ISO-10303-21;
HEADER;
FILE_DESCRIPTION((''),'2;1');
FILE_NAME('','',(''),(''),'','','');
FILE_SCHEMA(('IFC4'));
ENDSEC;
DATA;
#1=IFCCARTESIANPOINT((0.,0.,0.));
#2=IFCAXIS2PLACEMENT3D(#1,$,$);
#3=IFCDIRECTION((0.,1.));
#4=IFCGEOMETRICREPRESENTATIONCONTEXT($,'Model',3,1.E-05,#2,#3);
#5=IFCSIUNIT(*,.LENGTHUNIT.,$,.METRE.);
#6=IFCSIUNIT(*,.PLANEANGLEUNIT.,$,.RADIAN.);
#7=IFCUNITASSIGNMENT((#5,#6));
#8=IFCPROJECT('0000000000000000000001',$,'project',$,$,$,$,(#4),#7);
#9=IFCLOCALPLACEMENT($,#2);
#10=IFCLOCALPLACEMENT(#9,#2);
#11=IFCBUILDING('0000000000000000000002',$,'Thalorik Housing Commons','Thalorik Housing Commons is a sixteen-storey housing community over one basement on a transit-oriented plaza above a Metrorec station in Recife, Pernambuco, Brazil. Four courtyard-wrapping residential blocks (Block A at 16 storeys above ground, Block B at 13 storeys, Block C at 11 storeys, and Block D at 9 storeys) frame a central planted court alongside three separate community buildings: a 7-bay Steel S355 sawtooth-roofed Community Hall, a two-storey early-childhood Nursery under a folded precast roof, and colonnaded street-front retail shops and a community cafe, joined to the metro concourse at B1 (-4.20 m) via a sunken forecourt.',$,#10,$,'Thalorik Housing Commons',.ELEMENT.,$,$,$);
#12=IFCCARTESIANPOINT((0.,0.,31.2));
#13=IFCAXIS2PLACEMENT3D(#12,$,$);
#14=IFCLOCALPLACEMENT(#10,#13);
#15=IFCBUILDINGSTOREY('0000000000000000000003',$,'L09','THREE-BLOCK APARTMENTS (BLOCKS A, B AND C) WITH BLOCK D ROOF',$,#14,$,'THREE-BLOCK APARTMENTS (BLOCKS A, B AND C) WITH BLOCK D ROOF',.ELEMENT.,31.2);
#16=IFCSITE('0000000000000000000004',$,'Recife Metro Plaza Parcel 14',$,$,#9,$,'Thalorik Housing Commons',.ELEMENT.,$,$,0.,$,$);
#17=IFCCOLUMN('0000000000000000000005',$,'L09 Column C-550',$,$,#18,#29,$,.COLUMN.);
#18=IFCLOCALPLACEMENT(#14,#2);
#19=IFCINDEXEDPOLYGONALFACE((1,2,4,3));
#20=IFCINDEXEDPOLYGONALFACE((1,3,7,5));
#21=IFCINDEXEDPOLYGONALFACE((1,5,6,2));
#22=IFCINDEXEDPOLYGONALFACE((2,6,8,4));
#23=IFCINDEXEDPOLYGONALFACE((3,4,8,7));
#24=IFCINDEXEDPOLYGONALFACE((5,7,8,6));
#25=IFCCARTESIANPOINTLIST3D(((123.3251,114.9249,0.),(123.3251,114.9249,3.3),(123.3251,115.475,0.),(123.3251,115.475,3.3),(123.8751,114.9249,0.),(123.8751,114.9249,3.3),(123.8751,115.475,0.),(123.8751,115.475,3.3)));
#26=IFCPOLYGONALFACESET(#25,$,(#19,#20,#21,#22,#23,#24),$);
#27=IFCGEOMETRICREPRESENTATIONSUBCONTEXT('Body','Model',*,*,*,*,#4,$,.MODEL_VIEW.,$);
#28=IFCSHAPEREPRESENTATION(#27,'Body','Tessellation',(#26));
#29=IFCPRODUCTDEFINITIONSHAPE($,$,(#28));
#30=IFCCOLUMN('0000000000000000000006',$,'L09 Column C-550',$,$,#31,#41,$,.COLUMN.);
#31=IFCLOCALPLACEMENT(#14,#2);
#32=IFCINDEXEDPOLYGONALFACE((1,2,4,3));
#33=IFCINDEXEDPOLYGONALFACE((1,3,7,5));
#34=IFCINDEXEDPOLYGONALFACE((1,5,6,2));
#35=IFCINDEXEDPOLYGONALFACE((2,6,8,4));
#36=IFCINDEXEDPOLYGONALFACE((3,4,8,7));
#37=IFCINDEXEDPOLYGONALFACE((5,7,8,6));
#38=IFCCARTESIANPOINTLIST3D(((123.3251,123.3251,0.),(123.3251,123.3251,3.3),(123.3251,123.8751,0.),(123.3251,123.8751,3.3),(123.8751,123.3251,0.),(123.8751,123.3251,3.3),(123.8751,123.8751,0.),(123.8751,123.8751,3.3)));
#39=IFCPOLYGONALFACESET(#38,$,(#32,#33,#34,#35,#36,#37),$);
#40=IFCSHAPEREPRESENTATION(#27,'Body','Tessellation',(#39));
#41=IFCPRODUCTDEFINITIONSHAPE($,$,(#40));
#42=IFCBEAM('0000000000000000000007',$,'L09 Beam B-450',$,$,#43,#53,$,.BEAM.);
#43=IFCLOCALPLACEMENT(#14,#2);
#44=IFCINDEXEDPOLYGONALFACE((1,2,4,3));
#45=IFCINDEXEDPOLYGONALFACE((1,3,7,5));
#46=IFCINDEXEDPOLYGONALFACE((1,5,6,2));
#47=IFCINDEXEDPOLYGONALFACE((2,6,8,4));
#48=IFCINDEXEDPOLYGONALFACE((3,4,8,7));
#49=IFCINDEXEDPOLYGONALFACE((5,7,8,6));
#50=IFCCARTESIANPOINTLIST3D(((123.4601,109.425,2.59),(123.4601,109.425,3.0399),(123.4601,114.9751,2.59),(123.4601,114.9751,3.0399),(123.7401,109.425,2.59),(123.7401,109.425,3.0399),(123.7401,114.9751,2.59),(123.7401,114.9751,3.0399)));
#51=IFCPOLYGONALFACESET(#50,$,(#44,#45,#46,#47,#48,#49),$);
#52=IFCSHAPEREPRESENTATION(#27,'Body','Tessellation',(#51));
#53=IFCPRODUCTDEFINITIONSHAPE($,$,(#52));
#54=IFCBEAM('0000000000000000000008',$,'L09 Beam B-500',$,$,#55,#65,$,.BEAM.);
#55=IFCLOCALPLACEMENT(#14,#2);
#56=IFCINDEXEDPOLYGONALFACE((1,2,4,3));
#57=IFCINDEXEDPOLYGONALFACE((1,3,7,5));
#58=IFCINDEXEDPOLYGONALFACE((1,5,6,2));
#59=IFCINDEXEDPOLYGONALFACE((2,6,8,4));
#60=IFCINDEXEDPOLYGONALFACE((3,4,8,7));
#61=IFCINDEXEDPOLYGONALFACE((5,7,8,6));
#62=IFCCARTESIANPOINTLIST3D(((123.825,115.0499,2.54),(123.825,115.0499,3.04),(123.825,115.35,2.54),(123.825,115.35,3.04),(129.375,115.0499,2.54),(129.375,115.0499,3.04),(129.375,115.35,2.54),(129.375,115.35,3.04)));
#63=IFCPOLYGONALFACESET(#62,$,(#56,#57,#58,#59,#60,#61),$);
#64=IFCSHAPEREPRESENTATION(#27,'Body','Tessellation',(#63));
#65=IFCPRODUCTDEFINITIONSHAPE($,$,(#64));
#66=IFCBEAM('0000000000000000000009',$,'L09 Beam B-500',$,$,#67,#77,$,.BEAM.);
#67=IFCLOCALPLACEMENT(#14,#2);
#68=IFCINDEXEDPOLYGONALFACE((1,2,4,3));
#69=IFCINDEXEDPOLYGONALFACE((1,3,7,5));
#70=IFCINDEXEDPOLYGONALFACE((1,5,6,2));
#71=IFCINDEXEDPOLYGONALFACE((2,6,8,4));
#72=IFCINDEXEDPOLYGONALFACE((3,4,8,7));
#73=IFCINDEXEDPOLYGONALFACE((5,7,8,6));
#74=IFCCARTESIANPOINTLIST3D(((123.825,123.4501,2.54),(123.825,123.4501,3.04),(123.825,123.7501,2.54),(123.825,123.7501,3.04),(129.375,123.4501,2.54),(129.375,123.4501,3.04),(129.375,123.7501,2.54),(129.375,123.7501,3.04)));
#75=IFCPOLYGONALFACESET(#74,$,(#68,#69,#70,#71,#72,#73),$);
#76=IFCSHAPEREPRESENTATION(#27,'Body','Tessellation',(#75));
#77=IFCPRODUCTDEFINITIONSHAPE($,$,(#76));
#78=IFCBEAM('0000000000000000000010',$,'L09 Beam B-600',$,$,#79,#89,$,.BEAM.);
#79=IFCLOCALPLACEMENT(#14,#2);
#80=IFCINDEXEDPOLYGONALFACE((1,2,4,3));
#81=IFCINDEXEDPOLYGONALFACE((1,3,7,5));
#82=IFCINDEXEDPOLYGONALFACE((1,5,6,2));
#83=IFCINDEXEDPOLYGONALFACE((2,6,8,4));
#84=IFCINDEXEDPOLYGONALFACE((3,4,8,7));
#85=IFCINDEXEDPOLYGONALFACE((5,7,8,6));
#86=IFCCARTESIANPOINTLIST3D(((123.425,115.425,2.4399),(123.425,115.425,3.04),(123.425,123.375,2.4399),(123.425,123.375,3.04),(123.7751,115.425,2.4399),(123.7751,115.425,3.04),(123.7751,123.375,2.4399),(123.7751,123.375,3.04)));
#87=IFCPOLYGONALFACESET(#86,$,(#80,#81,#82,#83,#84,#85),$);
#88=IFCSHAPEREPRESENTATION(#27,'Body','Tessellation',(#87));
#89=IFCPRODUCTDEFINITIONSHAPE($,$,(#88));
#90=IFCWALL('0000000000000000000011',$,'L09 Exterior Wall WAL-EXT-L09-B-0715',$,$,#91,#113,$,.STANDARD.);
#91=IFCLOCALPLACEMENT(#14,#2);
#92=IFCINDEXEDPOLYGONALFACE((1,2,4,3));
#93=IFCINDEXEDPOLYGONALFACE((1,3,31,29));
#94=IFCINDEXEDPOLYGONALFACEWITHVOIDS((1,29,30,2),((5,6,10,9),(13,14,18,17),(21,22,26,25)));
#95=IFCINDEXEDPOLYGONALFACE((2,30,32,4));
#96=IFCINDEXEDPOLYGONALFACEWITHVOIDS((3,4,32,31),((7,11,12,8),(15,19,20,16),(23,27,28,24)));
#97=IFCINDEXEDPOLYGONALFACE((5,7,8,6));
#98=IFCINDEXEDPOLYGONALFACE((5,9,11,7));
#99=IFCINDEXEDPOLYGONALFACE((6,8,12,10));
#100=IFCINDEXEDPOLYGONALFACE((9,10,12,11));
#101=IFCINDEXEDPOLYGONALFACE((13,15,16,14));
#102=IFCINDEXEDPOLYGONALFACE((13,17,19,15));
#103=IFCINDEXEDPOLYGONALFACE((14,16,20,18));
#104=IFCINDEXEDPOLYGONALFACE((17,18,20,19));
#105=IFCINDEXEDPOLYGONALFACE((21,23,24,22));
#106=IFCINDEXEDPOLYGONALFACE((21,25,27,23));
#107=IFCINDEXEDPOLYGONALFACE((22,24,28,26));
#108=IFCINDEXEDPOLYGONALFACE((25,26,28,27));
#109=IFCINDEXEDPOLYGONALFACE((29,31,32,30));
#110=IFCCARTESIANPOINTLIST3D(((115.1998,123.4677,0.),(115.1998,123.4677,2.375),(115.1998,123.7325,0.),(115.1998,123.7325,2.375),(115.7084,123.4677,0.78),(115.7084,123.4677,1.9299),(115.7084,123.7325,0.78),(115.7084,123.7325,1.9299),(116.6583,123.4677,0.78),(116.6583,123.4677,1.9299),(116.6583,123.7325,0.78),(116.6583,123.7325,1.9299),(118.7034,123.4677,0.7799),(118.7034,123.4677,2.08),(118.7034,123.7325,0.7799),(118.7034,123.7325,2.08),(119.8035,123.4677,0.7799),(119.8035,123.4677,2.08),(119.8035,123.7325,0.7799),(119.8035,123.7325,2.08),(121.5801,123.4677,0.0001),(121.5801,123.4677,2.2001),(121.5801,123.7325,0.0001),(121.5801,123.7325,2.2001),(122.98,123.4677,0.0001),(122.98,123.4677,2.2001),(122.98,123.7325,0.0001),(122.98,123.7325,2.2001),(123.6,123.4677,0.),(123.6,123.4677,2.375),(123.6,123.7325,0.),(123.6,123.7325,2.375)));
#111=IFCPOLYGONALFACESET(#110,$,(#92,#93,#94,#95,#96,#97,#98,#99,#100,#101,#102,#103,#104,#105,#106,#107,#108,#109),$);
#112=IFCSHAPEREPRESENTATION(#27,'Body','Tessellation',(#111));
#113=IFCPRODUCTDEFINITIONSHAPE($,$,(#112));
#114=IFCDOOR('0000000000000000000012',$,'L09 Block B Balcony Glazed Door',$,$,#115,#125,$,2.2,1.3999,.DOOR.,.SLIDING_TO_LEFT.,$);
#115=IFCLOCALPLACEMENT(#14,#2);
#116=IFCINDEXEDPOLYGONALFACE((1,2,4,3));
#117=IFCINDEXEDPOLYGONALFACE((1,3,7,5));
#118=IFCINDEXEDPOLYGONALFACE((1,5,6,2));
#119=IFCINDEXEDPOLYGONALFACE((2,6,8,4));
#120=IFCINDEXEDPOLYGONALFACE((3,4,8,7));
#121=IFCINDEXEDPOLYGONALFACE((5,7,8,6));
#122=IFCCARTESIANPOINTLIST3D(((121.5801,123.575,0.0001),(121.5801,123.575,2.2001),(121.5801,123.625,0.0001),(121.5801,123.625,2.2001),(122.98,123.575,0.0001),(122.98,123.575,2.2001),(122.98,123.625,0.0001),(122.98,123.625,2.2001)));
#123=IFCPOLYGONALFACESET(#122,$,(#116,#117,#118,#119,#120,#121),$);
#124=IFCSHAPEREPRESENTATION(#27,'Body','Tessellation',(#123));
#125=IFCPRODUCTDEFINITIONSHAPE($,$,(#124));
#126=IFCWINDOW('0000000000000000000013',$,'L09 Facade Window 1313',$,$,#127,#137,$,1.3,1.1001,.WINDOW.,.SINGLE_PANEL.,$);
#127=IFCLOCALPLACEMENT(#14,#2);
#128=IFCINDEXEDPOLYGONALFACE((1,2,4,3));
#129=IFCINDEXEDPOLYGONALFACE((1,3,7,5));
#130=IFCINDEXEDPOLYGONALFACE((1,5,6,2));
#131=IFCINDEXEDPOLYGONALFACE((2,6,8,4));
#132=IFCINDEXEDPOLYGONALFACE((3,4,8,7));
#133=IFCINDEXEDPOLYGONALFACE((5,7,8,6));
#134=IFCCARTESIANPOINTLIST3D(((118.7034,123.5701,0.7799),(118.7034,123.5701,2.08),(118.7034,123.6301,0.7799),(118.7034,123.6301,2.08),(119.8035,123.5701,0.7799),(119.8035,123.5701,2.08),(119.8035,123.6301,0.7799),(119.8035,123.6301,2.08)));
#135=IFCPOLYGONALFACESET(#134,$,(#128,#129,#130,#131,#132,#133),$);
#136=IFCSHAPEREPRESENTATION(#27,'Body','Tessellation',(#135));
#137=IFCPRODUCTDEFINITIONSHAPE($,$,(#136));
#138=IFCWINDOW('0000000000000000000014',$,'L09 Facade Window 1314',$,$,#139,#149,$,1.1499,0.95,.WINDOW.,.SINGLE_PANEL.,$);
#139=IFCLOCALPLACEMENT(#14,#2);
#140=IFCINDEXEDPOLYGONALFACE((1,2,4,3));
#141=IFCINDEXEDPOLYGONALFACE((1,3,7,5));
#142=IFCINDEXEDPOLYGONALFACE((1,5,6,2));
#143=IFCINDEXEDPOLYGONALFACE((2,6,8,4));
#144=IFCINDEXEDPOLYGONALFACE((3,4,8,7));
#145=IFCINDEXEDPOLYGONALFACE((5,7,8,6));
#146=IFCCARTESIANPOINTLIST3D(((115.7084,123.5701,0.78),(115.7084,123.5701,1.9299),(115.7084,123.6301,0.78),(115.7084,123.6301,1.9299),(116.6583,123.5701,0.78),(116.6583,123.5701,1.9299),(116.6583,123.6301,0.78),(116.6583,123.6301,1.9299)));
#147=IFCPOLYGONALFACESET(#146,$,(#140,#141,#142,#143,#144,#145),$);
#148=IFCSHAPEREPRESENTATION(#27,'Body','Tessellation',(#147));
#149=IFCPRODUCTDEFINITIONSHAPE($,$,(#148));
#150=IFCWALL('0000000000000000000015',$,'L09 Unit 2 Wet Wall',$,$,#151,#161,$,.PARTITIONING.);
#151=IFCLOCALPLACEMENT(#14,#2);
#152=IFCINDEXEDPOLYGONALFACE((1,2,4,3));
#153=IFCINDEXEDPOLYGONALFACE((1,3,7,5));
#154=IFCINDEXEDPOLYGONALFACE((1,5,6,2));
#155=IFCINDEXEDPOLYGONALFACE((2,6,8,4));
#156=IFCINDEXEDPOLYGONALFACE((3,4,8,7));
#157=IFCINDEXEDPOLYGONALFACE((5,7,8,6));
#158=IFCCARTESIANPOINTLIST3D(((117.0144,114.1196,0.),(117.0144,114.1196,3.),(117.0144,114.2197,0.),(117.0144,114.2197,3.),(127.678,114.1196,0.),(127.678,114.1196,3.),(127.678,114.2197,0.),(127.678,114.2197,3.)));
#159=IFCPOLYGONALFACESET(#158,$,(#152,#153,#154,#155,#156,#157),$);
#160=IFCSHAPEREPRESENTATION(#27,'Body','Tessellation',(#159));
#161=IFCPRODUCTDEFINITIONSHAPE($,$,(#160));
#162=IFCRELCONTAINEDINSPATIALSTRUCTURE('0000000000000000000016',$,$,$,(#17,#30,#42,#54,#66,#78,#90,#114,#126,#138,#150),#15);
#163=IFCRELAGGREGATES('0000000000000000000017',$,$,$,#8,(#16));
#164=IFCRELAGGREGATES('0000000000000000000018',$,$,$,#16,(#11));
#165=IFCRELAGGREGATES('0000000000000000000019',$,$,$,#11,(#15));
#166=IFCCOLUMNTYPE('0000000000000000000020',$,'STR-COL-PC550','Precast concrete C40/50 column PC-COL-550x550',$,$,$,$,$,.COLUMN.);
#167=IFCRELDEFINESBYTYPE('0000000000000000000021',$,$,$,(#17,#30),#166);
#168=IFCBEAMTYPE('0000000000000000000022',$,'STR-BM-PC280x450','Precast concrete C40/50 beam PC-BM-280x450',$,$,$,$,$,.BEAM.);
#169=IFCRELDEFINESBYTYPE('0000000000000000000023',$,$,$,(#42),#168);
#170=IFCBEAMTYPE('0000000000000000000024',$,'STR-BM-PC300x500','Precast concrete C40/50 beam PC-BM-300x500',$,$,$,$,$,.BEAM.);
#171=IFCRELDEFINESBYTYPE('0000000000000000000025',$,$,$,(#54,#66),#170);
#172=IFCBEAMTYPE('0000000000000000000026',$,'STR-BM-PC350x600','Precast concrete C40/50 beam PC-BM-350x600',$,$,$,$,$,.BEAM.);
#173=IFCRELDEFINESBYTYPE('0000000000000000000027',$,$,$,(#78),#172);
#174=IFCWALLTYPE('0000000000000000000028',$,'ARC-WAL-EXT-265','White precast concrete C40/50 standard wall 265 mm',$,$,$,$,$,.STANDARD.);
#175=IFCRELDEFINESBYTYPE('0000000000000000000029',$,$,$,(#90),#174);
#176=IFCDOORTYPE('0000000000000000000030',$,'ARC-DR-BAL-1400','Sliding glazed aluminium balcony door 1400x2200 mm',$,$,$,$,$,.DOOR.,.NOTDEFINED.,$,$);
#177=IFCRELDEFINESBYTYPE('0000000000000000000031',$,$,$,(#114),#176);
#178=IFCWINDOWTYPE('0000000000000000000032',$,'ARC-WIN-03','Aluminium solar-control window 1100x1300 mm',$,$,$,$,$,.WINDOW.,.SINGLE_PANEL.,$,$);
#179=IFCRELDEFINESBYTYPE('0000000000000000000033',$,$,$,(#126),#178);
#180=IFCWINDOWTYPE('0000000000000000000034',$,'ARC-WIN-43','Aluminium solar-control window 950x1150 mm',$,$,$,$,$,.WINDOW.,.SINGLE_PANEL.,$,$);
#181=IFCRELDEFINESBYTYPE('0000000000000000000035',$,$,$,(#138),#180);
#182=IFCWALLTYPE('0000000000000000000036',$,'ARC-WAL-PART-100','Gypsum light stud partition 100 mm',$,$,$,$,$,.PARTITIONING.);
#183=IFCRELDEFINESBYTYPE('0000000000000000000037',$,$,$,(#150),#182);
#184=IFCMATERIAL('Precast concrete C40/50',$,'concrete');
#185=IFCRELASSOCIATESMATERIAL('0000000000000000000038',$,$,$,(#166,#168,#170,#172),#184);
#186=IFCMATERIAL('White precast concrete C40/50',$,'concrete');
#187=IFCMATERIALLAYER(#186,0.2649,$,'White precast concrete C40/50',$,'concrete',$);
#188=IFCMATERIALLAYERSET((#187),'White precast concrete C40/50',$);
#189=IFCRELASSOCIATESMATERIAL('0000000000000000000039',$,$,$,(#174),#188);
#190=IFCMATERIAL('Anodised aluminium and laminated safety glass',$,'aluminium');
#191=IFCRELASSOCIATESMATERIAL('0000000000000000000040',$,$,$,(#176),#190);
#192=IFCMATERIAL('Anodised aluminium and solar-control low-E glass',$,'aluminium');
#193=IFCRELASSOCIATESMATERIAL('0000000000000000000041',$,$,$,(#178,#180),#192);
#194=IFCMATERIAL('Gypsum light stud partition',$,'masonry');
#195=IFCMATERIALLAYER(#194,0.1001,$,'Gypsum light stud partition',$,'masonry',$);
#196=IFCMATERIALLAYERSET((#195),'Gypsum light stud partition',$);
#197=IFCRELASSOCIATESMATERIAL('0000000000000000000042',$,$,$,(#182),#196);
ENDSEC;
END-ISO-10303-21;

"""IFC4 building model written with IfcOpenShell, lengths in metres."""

from ifc_helpers import new_model, si_unit, direction, frame, frame_2d, origin, origin_2d, place, context, subcontext, project, spatial, rectangle, extrude, material, layer, layer_set, material_profile, profile_set, type_object, element, fill, save


model = new_model("IFC4")

# Units and contexts
model_context = context("Model", 3, precision=1e-05, world=origin(), true_north=direction((0.0, 1.0)))
body_context = subcontext(model_context, "Body", "Model", "MODEL_VIEW")
ifc_project = project(units=[si_unit("LENGTHUNIT", "METRE"), si_unit("PLANEANGLEUNIT", "RADIAN")], contexts=[model_context])

# Site, building, storey
site_placement = place(None, origin())
site = spatial("IfcSite", under=ifc_project, at=site_placement, Name="Recife Metro Plaza Parcel 14", LongName="Thalorik Housing Commons", CompositionType="ELEMENT", RefElevation=0.0)
building_placement = place(site_placement, origin())
building = spatial("IfcBuilding", under=site, at=building_placement, Name="Thalorik Housing Commons", Description="Thalorik Housing Commons is a sixteen-storey housing community over one basement on a transit-oriented plaza above a Metrorec station in Recife, Pernambuco, Brazil. Four courtyard-wrapping residential blocks (Block A at 16 storeys above ground, Block B at 13 storeys, Block C at 11 storeys, and Block D at 9 storeys) frame a central planted court alongside three separate community buildings: a 7-bay Steel S355 sawtooth-roofed Community Hall, a two-storey early-childhood Nursery under a folded precast roof, and colonnaded street-front retail shops and a community cafe, joined to the metro concourse at B1 (-4.20 m) via a sunken forecourt.", LongName="Thalorik Housing Commons", CompositionType="ELEMENT")
storey_placement = place(building_placement, frame((0.0, 0.0, 31.2)))
storey = spatial("IfcBuildingStorey", under=building, at=storey_placement, Name="L09", Description="THREE-BLOCK APARTMENTS (BLOCKS A, B AND C) WITH BLOCK D ROOF", LongName="THREE-BLOCK APARTMENTS (BLOCKS A, B AND C) WITH BLOCK D ROOF", CompositionType="ELEMENT", Elevation=31.2)

# Columns
ifc_material_1 = material(Name="Precast concrete C40/50", Category="concrete")
ifc_material_profile_1 = material_profile(ifc_material_1, rectangle(XDim=0.55, YDim=0.55, at=origin_2d()), Name="PC 550x550", Category="concrete")
ifc_profile_set_1 = profile_set([ifc_material_profile_1], Name="Precast concrete C40/50")
column_type = type_object("IfcColumnType", Name="STR-COL-PC550", Description="Precast concrete C40/50 column PC-COL-550x550", PredefinedType="COLUMN", material=ifc_profile_set_1)
for number, where, z_axis, x_axis, name in (
    (1, (123.6001, 115.2, 0.0), (0.0, 0.0, 1.0), (1.0, 0.0, 0.0), "L09 Column C-550"),
    (2, (123.6001, 123.6001, 0.0), (0.0, 0.0, 1.0), (1.0, 0.0, 0.0), "L09 Column C-550"),
):
    element("IfcColumn", number, at=place(storey_placement, frame(where, z_axis=z_axis, x_axis=x_axis)), inside=storey, type_object=column_type, Name=name, PredefinedType="COLUMN", context=body_context, shape_type="SweptSolid", body=[
        extrude(rectangle(XDim=0.55, YDim=0.55, at=origin_2d()), origin(), (0.0, 0.0, 1.0), 3.3),
    ])

# Beams
ifc_material_profile_2 = material_profile(ifc_material_1, rectangle(XDim=0.28, YDim=0.45, at=origin_2d()), Name="PC 280x450", Category="concrete")
ifc_profile_set_2 = profile_set([ifc_material_profile_2], Name="Precast concrete C40/50")
beam_type_1 = type_object("IfcBeamType", Name="STR-BM-PC280x450", Description="Precast concrete C40/50 beam PC-BM-280x450", PredefinedType="BEAM", material=ifc_profile_set_2)
beam_1_placement = place(storey_placement, frame((123.6001, 109.425, 2.8149), z_axis=(0.0, 1.0, 0.0), x_axis=(-1.0, 0.0, 0.0)))
element("IfcBeam", 3, at=beam_1_placement, inside=storey, type_object=beam_type_1, Name="L09 Beam B-450", PredefinedType="BEAM", context=body_context, shape_type="SweptSolid", body=[
    extrude(rectangle(XDim=0.28, YDim=0.45, at=origin_2d()), origin(), (0.0, 0.0, 1.0), 5.55),
])
ifc_material_profile_3 = material_profile(ifc_material_1, rectangle(XDim=0.3, YDim=0.5, at=origin_2d()), Name="PC 300x500", Category="concrete")
ifc_profile_set_3 = profile_set([ifc_material_profile_3], Name="Precast concrete C40/50")
beam_type_2 = type_object("IfcBeamType", Name="STR-BM-PC300x500", Description="Precast concrete C40/50 beam PC-BM-300x500", PredefinedType="BEAM", material=ifc_profile_set_3)
for number, where, z_axis, x_axis, name in (
    (4, (123.825, 115.2, 2.79), (1.0, 0.0, 0.0), (0.0, 1.0, 0.0), "L09 Beam B-500"),
    (5, (123.825, 123.6001, 2.79), (1.0, 0.0, 0.0), (0.0, 1.0, 0.0), "L09 Beam B-500"),
):
    element("IfcBeam", number, at=place(storey_placement, frame(where, z_axis=z_axis, x_axis=x_axis)), inside=storey, type_object=beam_type_2, Name=name, PredefinedType="BEAM", context=body_context, shape_type="SweptSolid", body=[
        extrude(rectangle(XDim=0.3, YDim=0.5, at=origin_2d()), origin(), (0.0, 0.0, 1.0), 5.55),
    ])
ifc_material_profile_4 = material_profile(ifc_material_1, rectangle(XDim=0.3501, YDim=0.6001, at=origin_2d()), Name="PC 350x600", Category="concrete")
ifc_profile_set_4 = profile_set([ifc_material_profile_4], Name="Precast concrete C40/50")
beam_type_3 = type_object("IfcBeamType", Name="STR-BM-PC350x600", Description="Precast concrete C40/50 beam PC-BM-350x600", PredefinedType="BEAM", material=ifc_profile_set_4)
beam_2_placement = place(storey_placement, frame((123.6001, 115.425, 2.74), z_axis=(0.0, 1.0, 0.0), x_axis=(-1.0, 0.0, 0.0)))
element("IfcBeam", 6, at=beam_2_placement, inside=storey, type_object=beam_type_3, Name="L09 Beam B-600", PredefinedType="BEAM", context=body_context, shape_type="SweptSolid", body=[
    extrude(rectangle(XDim=0.3501, YDim=0.6001, at=origin_2d()), origin(), (0.0, 0.0, 1.0), 7.95),
])

# Wall, openings, door, windows
ifc_material_2 = material(Name="White precast concrete C40/50", Category="concrete")
ifc_layer_1 = layer(ifc_material_2, 0.2649, Name="White precast concrete C40/50", Category="concrete")
ifc_layer_set_1 = layer_set([ifc_layer_1], Name="White precast concrete C40/50")
wall_type_1 = type_object("IfcWallType", Name="ARC-WAL-EXT-265", Description="White precast concrete C40/50 standard wall 265 mm", PredefinedType="STANDARD", material=ifc_layer_set_1)
wall_1_placement = place(storey_placement, frame((123.6001, 123.6001, 0.0), z_axis=(0.0, 0.0, 1.0), x_axis=(-1.0, 0.0, 0.0)))
wall_1 = element("IfcWall", 7, at=wall_1_placement, inside=storey, type_object=wall_type_1, Name="L09 Exterior Wall WAL-EXT-L09-B-0715", PredefinedType="STANDARD", context=body_context, shape_type="SweptSolid", body=[
    extrude(rectangle(XDim=8.4001, YDim=0.2649, at=frame_2d((4.2002, 0.0))), origin(), (0.0, 0.0, 1.0), 2.375),
])
opening_1_placement = place(wall_1_placement, frame((0.6201, 0.0, 0.0)))
opening_1 = element("IfcOpeningElement", 8, at=opening_1_placement, cuts=wall_1, PredefinedType="OPENING", context=body_context, shape_type="SweptSolid", body=[
    extrude(rectangle(XDim=1.3999, YDim=2.2, at=frame_2d((0.7, 1.1001))), frame((0.0, 0.1426, 0.0), z_axis=(0.0, -1.0, 0.0), x_axis=(1.0, 0.0, 0.0)), (0.0, 0.0, 1.0), 0.2849),
])
opening_2_placement = place(wall_1_placement, frame((3.7966, 0.0, 0.78)))
opening_2 = element("IfcOpeningElement", 9, at=opening_2_placement, cuts=wall_1, PredefinedType="OPENING", context=body_context, shape_type="SweptSolid", body=[
    extrude(rectangle(XDim=1.1001, YDim=1.3, at=frame_2d((0.55, 0.6499))), frame((0.0, 0.1426, 0.0), z_axis=(0.0, -1.0, 0.0), x_axis=(1.0, 0.0, 0.0)), (0.0, 0.0, 1.0), 0.2849),
])
opening_3_placement = place(wall_1_placement, frame((6.9417, 0.0, 0.78)))
opening_3 = element("IfcOpeningElement", 10, at=opening_3_placement, cuts=wall_1, PredefinedType="OPENING", context=body_context, shape_type="SweptSolid", body=[
    extrude(rectangle(XDim=0.95, YDim=1.1499, at=frame_2d((0.4751, 0.575))), frame((0.0, 0.1426, 0.0), z_axis=(0.0, -1.0, 0.0), x_axis=(1.0, 0.0, 0.0)), (0.0, 0.0, 1.0), 0.2849),
])
ifc_material_3 = material(Name="Anodised aluminium and laminated safety glass", Category="aluminium")
door_type_1 = type_object("IfcDoorType", Name="ARC-DR-BAL-1400", Description="Sliding glazed aluminium balcony door 1400x2200 mm", OperationType="NOTDEFINED", PredefinedType="DOOR", material=ifc_material_3)
door_1_placement = place(opening_1_placement, frame((1.3999, 0.0, 0.0), z_axis=(0.0, 0.0, 1.0), x_axis=(-1.0, 0.0, 0.0)))
door_1 = element("IfcDoor", 11, at=door_1_placement, inside=storey, type_object=door_type_1, Name="L09 Block B Balcony Glazed Door", OperationType="SLIDING_TO_LEFT", OverallHeight=2.2, OverallWidth=1.3999, PredefinedType="DOOR", context=body_context, shape_type="SweptSolid", body=[
    extrude(rectangle(XDim=1.3999, YDim=2.2, at=frame_2d((0.7, 1.1001))), frame((0.0, 0.0249, 0.0), z_axis=(0.0, -1.0, 0.0), x_axis=(1.0, 0.0, 0.0)), (0.0, 0.0, 1.0), 0.05),
])
fill(opening_1, door_1)
ifc_material_4 = material(Name="Anodised aluminium and solar-control low-E glass", Category="aluminium")
window_type_1 = type_object("IfcWindowType", Name="ARC-WIN-03", Description="Aluminium solar-control window 1100x1300 mm", PartitioningType="SINGLE_PANEL", PredefinedType="WINDOW", material=ifc_material_4)
window_1_placement = place(opening_2_placement, origin())
window_1 = element("IfcWindow", 12, at=window_1_placement, inside=storey, type_object=window_type_1, Name="L09 Facade Window 1313", OverallHeight=1.3, OverallWidth=1.1001, PartitioningType="SINGLE_PANEL", PredefinedType="WINDOW", context=body_context, shape_type="SweptSolid", body=[
    extrude(rectangle(XDim=1.1001, YDim=1.3, at=frame_2d((0.55, 0.6499))), frame((0.0, 0.03, 0.0), z_axis=(0.0, -1.0, 0.0), x_axis=(1.0, 0.0, 0.0)), (0.0, 0.0, 1.0), 0.0601),
])
fill(opening_2, window_1)
window_type_2 = type_object("IfcWindowType", Name="ARC-WIN-43", Description="Aluminium solar-control window 950x1150 mm", PartitioningType="SINGLE_PANEL", PredefinedType="WINDOW", material=ifc_material_4)
window_2_placement = place(opening_3_placement, origin())
window_2 = element("IfcWindow", 13, at=window_2_placement, inside=storey, type_object=window_type_2, Name="L09 Facade Window 1314", OverallHeight=1.1499, OverallWidth=0.95, PartitioningType="SINGLE_PANEL", PredefinedType="WINDOW", context=body_context, shape_type="SweptSolid", body=[
    extrude(rectangle(XDim=0.95, YDim=1.1499, at=frame_2d((0.4751, 0.575))), frame((0.0, 0.03, 0.0), z_axis=(0.0, -1.0, 0.0), x_axis=(1.0, 0.0, 0.0)), (0.0, 0.0, 1.0), 0.0601),
])
fill(opening_3, window_2)

# Wall
ifc_material_5 = material(Name="Gypsum light stud partition", Category="masonry")
ifc_layer_2 = layer(ifc_material_5, 0.1001, Name="Gypsum light stud partition", Category="masonry")
ifc_layer_set_2 = layer_set([ifc_layer_2], Name="Gypsum light stud partition")
wall_type_2 = type_object("IfcWallType", Name="ARC-WAL-PART-100", Description="Gypsum light stud partition 100 mm", PredefinedType="PARTITIONING", material=ifc_layer_set_2)
wall_2_placement = place(storey_placement, frame((117.0144, 114.1697, 0.0), z_axis=(0.0, 0.0, 1.0), x_axis=(1.0, 0.0, 0.0)))
element("IfcWall", 14, at=wall_2_placement, inside=storey, type_object=wall_type_2, Name="L09 Unit 2 Wet Wall", PredefinedType="PARTITIONING", context=body_context, shape_type="SweptSolid", body=[
    extrude(rectangle(XDim=10.6636, YDim=0.1001, at=frame_2d((5.3318, 0.0))), origin(), (0.0, 0.0, 1.0), 3.0),
])

save(model, "model.ifc")
